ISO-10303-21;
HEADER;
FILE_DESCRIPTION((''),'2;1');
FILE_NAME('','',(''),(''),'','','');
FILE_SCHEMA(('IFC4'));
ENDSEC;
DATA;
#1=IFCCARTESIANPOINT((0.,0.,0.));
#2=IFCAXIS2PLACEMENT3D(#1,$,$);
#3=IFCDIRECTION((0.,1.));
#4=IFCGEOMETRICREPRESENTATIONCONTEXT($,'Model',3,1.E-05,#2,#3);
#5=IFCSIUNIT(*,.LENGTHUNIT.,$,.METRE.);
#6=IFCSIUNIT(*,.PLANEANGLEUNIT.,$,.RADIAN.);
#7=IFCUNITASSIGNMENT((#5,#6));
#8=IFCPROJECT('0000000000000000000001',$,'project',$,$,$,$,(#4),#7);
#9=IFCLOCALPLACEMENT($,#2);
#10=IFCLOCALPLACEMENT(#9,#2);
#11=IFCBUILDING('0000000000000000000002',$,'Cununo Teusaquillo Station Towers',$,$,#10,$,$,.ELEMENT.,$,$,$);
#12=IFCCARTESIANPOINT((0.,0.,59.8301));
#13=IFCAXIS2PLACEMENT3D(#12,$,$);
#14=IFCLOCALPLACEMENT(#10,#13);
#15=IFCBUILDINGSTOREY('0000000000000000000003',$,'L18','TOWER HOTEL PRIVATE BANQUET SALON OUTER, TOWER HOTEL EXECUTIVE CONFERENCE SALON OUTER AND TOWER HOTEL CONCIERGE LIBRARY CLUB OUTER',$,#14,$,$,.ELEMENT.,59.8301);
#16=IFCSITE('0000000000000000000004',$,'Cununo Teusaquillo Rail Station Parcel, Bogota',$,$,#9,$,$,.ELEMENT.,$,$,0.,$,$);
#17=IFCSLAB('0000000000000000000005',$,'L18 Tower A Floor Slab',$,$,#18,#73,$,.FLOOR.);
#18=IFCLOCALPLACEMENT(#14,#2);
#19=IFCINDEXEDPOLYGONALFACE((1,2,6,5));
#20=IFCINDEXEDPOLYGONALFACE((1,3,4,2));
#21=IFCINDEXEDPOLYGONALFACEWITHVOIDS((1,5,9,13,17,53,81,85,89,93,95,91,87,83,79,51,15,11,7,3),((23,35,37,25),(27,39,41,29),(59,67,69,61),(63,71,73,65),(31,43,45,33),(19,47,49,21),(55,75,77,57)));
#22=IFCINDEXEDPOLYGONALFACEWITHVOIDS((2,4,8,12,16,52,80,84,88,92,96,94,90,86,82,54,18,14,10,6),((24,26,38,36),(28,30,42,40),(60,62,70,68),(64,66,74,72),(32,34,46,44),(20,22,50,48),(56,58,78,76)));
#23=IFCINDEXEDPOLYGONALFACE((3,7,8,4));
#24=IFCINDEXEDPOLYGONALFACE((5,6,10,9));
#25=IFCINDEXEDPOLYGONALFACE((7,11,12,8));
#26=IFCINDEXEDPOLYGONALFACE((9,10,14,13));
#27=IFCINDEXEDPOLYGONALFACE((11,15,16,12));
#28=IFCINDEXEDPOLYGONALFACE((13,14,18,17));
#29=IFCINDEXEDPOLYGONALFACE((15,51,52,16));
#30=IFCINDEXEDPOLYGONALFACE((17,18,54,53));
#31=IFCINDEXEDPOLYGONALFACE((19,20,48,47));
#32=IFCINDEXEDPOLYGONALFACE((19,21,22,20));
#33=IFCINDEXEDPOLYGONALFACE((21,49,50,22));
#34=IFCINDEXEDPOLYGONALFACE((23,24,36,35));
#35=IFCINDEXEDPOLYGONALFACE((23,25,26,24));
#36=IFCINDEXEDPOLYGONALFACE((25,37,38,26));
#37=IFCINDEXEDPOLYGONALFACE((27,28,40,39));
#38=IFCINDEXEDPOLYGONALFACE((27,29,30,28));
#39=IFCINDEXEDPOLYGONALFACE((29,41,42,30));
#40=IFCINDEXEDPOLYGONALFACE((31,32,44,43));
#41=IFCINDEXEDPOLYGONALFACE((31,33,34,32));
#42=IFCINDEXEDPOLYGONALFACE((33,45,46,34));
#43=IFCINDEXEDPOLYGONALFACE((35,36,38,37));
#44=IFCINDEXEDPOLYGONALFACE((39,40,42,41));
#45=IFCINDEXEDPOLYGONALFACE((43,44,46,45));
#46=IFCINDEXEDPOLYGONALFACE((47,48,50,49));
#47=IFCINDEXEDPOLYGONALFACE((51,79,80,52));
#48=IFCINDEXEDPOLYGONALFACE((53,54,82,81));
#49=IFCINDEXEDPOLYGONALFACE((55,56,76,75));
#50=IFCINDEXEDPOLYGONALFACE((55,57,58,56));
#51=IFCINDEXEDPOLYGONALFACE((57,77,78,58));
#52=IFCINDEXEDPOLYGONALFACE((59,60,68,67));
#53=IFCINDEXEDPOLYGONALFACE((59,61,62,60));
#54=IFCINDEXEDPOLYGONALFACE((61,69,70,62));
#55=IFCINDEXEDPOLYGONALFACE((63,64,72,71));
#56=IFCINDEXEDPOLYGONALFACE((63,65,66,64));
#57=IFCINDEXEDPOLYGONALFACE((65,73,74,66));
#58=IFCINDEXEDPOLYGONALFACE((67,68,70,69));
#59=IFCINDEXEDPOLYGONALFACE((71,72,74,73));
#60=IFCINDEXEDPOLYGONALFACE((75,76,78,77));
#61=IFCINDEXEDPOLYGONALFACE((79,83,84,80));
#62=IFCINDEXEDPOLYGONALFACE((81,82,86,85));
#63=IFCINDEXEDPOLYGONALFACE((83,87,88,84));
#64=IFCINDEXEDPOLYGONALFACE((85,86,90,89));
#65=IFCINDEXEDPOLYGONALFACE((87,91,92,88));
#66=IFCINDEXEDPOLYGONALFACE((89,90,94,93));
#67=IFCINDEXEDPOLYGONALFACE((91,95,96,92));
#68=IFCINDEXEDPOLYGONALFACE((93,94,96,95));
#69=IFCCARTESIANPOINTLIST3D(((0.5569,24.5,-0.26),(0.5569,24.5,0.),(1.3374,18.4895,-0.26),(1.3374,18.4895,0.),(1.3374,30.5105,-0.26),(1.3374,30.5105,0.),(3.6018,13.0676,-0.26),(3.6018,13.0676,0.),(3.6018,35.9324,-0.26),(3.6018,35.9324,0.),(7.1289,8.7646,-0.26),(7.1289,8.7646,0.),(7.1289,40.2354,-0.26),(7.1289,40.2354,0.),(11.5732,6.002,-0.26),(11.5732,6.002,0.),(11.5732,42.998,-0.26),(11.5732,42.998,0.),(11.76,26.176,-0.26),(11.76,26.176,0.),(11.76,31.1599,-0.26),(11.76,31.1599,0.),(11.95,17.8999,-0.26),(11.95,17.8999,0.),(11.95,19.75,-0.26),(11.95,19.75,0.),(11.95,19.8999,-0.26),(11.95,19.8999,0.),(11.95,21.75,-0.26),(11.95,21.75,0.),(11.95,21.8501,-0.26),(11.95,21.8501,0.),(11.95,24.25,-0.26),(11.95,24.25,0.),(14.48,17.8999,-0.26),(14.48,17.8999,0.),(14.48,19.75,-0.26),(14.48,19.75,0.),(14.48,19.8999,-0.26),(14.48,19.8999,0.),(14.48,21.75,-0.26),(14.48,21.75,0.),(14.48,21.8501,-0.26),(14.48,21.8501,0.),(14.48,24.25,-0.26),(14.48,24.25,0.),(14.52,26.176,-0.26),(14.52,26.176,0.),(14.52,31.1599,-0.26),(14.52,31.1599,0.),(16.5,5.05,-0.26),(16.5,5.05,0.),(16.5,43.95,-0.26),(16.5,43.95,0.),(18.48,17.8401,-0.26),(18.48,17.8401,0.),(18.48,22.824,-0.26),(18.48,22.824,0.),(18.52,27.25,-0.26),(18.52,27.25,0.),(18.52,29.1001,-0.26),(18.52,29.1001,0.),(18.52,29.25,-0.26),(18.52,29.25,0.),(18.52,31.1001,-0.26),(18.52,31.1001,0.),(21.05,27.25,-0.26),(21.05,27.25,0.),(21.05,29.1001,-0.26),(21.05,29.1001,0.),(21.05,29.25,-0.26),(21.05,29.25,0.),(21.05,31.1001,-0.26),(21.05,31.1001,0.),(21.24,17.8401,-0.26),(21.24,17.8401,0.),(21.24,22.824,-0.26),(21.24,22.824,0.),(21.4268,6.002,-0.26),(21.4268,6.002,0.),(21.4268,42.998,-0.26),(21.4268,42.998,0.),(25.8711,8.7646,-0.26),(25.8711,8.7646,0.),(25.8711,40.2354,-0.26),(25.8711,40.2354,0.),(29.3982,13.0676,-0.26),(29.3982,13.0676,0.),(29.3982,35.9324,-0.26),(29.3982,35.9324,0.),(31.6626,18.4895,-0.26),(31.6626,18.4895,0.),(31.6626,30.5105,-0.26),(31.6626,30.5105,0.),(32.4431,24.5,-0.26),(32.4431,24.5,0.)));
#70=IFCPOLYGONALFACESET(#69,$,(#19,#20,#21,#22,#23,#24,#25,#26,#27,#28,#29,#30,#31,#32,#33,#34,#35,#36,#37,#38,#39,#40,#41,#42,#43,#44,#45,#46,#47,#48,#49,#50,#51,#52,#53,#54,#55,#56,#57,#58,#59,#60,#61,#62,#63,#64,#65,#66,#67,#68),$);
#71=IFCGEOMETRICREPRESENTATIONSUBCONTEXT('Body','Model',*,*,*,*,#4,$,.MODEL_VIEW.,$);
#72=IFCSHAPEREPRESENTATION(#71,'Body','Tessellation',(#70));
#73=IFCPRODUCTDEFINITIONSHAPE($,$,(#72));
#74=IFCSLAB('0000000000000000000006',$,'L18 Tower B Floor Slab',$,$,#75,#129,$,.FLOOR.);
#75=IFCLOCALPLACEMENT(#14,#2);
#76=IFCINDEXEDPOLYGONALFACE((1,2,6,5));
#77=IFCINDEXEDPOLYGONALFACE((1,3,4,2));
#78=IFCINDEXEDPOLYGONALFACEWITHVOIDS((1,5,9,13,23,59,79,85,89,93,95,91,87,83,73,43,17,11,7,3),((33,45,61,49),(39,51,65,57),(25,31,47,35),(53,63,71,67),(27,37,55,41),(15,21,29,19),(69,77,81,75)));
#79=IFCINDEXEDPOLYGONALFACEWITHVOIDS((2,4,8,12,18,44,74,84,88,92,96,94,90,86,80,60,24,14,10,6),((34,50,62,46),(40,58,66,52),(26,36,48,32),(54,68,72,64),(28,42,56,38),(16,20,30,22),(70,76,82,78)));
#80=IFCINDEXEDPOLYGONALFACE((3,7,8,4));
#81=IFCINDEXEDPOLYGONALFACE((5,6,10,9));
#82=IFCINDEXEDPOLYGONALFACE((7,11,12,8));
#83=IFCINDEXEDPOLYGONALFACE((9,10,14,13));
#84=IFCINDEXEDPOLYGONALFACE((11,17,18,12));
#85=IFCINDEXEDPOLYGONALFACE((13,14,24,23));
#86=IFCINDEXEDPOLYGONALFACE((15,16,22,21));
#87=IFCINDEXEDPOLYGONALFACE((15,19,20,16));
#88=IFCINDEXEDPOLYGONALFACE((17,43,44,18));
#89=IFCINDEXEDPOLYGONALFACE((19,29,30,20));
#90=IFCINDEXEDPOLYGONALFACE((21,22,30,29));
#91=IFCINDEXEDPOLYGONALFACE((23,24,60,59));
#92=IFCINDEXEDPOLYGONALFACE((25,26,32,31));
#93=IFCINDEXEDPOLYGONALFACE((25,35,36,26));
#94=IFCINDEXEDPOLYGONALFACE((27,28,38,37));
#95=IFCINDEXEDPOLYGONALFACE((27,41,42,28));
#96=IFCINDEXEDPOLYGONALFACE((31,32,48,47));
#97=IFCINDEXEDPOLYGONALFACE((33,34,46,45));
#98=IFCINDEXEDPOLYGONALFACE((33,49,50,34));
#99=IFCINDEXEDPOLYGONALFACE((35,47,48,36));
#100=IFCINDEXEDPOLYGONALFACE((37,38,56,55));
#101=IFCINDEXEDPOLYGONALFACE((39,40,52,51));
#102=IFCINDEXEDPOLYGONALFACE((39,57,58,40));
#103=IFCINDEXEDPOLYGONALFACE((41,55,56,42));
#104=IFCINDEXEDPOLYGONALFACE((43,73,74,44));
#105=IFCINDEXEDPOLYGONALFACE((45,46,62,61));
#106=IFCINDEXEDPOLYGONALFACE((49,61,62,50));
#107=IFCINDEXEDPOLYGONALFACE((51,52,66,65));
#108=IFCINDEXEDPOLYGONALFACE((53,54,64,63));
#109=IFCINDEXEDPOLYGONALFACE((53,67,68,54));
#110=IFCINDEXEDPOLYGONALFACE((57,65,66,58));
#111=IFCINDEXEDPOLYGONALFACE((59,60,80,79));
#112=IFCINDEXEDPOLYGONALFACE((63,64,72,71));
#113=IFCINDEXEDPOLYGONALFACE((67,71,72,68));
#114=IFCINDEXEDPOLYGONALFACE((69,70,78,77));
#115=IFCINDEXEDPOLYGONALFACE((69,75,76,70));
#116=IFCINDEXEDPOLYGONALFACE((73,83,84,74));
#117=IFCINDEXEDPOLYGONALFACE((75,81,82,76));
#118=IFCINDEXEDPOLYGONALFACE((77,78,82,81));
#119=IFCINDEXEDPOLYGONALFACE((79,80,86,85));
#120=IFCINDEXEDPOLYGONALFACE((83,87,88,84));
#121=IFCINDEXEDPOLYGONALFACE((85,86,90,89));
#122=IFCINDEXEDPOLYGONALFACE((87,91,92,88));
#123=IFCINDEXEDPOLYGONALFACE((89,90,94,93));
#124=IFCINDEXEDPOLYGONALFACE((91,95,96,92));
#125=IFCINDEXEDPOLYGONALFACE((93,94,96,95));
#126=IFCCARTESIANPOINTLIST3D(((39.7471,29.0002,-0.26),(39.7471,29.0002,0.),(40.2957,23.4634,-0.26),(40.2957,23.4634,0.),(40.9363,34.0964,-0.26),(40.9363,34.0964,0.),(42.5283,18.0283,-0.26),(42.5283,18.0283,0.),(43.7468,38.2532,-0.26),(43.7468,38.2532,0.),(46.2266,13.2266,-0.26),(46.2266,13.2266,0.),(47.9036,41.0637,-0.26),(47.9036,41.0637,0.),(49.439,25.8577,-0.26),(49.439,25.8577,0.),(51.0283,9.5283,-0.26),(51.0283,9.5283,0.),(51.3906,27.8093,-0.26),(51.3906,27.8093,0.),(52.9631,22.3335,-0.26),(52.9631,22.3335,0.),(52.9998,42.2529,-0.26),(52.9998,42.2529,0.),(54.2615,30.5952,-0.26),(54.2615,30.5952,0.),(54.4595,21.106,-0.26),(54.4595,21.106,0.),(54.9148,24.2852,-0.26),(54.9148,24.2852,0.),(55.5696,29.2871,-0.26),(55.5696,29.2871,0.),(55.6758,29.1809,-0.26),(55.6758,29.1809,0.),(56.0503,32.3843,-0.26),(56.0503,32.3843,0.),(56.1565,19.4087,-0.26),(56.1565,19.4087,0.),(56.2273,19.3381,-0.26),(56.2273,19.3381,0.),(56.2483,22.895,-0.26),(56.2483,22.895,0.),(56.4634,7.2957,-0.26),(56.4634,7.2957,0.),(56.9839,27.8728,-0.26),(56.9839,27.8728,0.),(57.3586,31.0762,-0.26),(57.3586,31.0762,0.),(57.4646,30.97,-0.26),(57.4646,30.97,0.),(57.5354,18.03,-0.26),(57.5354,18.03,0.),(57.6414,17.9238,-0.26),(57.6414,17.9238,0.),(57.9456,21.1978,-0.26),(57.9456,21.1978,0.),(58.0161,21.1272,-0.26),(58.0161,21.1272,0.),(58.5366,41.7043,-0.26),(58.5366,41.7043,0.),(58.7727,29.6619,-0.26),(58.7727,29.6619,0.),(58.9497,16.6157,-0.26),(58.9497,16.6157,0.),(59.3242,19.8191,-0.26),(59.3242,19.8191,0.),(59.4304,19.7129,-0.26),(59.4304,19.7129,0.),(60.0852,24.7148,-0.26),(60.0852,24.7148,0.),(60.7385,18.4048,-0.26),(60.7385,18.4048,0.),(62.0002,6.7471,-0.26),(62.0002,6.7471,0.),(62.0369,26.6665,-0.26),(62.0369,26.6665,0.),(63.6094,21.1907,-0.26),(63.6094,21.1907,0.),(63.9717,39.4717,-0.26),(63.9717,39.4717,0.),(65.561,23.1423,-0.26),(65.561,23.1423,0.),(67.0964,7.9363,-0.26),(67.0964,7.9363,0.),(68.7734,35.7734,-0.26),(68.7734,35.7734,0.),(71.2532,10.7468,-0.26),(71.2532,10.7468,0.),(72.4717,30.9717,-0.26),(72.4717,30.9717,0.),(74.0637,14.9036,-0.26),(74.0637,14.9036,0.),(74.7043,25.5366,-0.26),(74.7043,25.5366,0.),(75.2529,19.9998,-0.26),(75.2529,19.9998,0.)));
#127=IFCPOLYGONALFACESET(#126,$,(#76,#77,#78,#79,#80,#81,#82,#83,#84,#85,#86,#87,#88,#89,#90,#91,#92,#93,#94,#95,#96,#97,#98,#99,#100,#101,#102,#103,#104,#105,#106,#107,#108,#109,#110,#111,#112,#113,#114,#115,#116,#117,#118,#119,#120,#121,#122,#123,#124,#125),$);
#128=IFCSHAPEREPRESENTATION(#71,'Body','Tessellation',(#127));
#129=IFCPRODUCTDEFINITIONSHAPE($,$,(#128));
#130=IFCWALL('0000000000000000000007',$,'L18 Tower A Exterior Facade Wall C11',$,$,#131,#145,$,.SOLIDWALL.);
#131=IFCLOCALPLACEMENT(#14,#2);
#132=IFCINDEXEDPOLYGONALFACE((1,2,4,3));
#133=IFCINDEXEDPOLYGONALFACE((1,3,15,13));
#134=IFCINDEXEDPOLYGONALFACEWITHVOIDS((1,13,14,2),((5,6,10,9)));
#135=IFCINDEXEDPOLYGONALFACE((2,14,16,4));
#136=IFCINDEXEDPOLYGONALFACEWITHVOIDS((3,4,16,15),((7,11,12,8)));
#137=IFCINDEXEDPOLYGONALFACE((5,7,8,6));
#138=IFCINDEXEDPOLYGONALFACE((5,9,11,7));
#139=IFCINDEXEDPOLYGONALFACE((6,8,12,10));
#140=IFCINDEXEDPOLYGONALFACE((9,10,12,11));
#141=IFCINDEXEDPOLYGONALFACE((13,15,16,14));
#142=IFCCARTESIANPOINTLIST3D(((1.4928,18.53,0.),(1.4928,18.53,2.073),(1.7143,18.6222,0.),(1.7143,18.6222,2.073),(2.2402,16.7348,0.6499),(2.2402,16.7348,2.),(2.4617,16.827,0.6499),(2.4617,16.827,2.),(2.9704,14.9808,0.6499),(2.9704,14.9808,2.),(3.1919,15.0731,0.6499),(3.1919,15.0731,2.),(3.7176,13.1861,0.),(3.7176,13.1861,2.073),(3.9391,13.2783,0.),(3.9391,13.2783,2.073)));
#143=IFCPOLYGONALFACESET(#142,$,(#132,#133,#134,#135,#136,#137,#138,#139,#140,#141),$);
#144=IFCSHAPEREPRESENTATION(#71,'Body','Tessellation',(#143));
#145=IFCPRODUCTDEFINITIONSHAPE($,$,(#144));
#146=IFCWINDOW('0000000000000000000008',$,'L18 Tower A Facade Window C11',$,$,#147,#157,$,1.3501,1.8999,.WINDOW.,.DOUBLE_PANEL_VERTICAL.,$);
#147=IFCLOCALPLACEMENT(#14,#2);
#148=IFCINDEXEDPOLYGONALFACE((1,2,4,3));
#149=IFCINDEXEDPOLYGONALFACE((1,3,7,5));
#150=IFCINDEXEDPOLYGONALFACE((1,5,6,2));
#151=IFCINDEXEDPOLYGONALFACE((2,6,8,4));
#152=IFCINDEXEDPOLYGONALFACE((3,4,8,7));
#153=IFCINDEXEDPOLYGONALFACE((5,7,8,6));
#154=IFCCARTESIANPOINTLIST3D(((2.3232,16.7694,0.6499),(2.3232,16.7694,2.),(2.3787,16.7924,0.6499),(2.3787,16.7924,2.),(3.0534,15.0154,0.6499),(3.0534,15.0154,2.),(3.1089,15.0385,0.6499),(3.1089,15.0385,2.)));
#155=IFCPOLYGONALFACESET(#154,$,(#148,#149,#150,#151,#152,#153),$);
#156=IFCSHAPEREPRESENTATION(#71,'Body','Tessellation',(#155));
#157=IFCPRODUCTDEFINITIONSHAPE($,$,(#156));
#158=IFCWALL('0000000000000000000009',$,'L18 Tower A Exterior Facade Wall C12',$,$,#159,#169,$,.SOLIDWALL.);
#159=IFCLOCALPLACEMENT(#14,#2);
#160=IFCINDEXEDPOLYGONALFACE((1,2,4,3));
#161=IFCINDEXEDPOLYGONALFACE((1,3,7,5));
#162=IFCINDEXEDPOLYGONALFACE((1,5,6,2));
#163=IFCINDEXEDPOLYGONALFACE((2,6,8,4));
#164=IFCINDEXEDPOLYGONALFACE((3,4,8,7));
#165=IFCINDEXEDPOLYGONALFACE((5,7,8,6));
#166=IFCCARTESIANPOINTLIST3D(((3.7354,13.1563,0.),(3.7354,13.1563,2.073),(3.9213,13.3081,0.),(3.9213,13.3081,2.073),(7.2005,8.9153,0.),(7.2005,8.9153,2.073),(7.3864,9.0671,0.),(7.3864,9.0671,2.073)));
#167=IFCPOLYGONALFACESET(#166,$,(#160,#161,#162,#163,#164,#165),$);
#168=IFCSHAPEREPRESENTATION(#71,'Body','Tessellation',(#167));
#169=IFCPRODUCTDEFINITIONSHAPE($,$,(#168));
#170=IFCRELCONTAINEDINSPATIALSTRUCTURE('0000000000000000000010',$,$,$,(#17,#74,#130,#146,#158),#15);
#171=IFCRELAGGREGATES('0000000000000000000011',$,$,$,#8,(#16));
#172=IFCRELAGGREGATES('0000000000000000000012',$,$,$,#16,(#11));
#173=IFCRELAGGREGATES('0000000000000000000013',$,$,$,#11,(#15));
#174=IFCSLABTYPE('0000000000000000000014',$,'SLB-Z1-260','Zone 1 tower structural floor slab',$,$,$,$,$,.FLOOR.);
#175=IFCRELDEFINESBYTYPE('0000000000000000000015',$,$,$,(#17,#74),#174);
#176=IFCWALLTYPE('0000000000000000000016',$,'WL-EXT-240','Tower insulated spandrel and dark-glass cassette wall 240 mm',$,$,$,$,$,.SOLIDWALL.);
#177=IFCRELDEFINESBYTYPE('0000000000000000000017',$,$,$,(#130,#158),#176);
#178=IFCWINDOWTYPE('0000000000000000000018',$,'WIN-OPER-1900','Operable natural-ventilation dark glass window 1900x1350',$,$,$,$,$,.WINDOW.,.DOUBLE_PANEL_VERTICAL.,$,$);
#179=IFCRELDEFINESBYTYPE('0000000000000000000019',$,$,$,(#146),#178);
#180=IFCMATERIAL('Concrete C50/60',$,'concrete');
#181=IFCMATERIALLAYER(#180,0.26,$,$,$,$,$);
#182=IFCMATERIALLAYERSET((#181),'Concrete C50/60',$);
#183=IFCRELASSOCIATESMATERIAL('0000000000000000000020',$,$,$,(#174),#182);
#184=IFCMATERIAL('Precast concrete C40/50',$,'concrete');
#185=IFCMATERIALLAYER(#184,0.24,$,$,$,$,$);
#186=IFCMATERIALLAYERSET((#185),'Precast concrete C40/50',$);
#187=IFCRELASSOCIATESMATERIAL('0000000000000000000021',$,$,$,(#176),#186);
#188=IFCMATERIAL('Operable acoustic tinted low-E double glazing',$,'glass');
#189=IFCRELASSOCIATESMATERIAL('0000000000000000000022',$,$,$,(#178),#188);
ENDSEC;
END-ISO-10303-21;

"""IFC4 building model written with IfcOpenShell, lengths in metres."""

from ifc_helpers import new_model, si_unit, direction, frame, frame_2d, origin, place, context, subcontext, project, spatial, polyline, rectangle, outline, extrude, source, transform, mapped, material, layer, layer_set, type_object, element, fill, save


model = new_model("IFC4")

# Units and contexts
model_context = context("Model", 3, precision=1e-05, world=origin(), true_north=direction((0.0, 1.0)))
body_context = subcontext(model_context, "Body", "Model", "MODEL_VIEW")
ifc_project = project(units=[si_unit("LENGTHUNIT", "METRE"), si_unit("PLANEANGLEUNIT", "RADIAN")], contexts=[model_context])

# Site, building, storey
site_placement = place(None, origin())
site = spatial("IfcSite", under=ifc_project, at=site_placement, Name="Cununo Teusaquillo Rail Station Parcel, Bogota", CompositionType="ELEMENT", RefElevation=0.0)
building_placement = place(site_placement, origin())
building = spatial("IfcBuilding", under=site, at=building_placement, Name="Cununo Teusaquillo Station Towers", CompositionType="ELEMENT")
storey_placement = place(building_placement, frame((0.0, 0.0, 59.8301)))
storey = spatial("IfcBuildingStorey", under=building, at=storey_placement, Name="L18", Description="TOWER HOTEL PRIVATE BANQUET SALON OUTER, TOWER HOTEL EXECUTIVE CONFERENCE SALON OUTER AND TOWER HOTEL CONCIERGE LIBRARY CLUB OUTER", CompositionType="ELEMENT", Elevation=59.8301)

# Slabs
ifc_material_1 = material(Name="Concrete C50/60", Category="concrete")
ifc_layer_1 = layer(ifc_material_1, 0.26)
ifc_layer_set_1 = layer_set([ifc_layer_1], Name="Concrete C50/60")
slab_type_1 = type_object("IfcSlabType", Name="SLB-Z1-260", Description="Zone 1 tower structural floor slab", PredefinedType="FLOOR", material=ifc_layer_set_1)
slab_1_placement = place(storey_placement, frame((0.0, 0.0, -0.26)))
element("IfcSlab", 1, at=slab_1_placement, inside=storey, type_object=slab_type_1, Name="L18 Tower A Floor Slab", PredefinedType="FLOOR", context=body_context, shape_type="SweptSolid", body=[
    extrude(outline(polyline([(32.4431, 24.5), (31.6626, 30.5105), (29.3982, 35.9324), (25.8711, 40.2354), (21.4268, 42.998), (16.5, 43.95), (11.5732, 42.998), (7.1289, 40.2354), (3.6018, 35.9324), (1.3374, 30.5105), (0.5569, 24.5), (1.3374, 18.4895), (3.6018, 13.0676), (7.1289, 8.7646), (11.5732, 6.002), (16.5, 5.05), (21.4268, 6.002), (25.8711, 8.7646), (29.3982, 13.0676), (31.6626, 18.4895), (32.4431, 24.5)]), holes=[polyline([(14.52, 26.176), (14.52, 31.1599), (11.76, 31.1599), (11.76, 26.176), (14.52, 26.176)]), polyline([(18.48, 22.824), (18.48, 17.8401), (21.24, 17.8401), (21.24, 22.824), (18.48, 22.824)]), polyline([(11.95, 21.8501), (14.48, 21.8501), (14.48, 24.25), (11.95, 24.25), (11.95, 21.8501)]), polyline([(11.95, 17.8999), (14.48, 17.8999), (14.48, 19.75), (11.95, 19.75), (11.95, 17.8999)]), polyline([(11.95, 19.8999), (14.48, 19.8999), (14.48, 21.75), (11.95, 21.75), (11.95, 19.8999)]), polyline([(18.52, 27.25), (21.05, 27.25), (21.05, 29.1001), (18.52, 29.1001), (18.52, 27.25)]), polyline([(18.52, 29.25), (21.05, 29.25), (21.05, 31.1001), (18.52, 31.1001), (18.52, 29.25)])]), origin(), (0.0, 0.0, 1.0), 0.26),
])
slab_2_placement = place(storey_placement, frame((0.0, 0.0, -0.26)))
element("IfcSlab", 2, at=slab_2_placement, inside=storey, type_object=slab_type_1, Name="L18 Tower B Floor Slab", PredefinedType="FLOOR", context=body_context, shape_type="SweptSolid", body=[
    extrude(outline(polyline([(68.7734, 35.7734), (63.9717, 39.4717), (58.5366, 41.7043), (52.9998, 42.2529), (47.9036, 41.0637), (43.7468, 38.2532), (40.9363, 34.0964), (39.7471, 29.0002), (40.2957, 23.4634), (42.5283, 18.0283), (46.2266, 13.2266), (51.0283, 9.5283), (56.4634, 7.2957), (62.0002, 6.7471), (67.0964, 7.9363), (71.2532, 10.7468), (74.0637, 14.9036), (75.2529, 19.9998), (74.7043, 25.5366), (72.4717, 30.9717), (68.7734, 35.7734)]), holes=[polyline([(54.9148, 24.2852), (51.3906, 27.8093), (49.439, 25.8577), (52.9631, 22.3335), (54.9148, 24.2852)]), polyline([(60.0852, 24.7148), (63.6094, 21.1907), (65.561, 23.1423), (62.0369, 26.6665), (60.0852, 24.7148)]), polyline([(56.1565, 19.4087), (57.9456, 21.1978), (56.2483, 22.895), (54.4595, 21.106), (56.1565, 19.4087)]), polyline([(58.9497, 16.6157), (60.7385, 18.4048), (59.4304, 19.7129), (57.6414, 17.9238), (58.9497, 16.6157)]), polyline([(57.5354, 18.03), (59.3242, 19.8191), (58.0161, 21.1272), (56.2273, 19.3381), (57.5354, 18.03)]), polyline([(56.9839, 27.8728), (58.7727, 29.6619), (57.4646, 30.97), (55.6758, 29.1809), (56.9839, 27.8728)]), polyline([(55.5696, 29.2871), (57.3586, 31.0762), (56.0503, 32.3843), (54.2615, 30.5952), (55.5696, 29.2871)])]), origin(), (0.0, 0.0, 1.0), 0.26),
])

# Wall, opening, window
ifc_material_2 = material(Name="Precast concrete C40/50", Category="concrete")
ifc_layer_2 = layer(ifc_material_2, 0.24)
ifc_layer_set_2 = layer_set([ifc_layer_2], Name="Precast concrete C40/50")
wall_type_1 = type_object("IfcWallType", Name="WL-EXT-240", Description="Tower insulated spandrel and dark-glass cassette wall 240 mm", PredefinedType="SOLIDWALL", material=ifc_layer_set_2)
wall_1_placement = place(storey_placement, frame((3.8284, 13.2322, 0.0), z_axis=(0.0, 0.0, 1.0), x_axis=(-0.384349, 0.923188, 0.0)))
wall_1 = element("IfcWall", 3, at=wall_1_placement, inside=storey, type_object=wall_type_1, Name="L18 Tower A Exterior Facade Wall C11", PredefinedType="SOLIDWALL", context=body_context, shape_type="SweptSolid", body=[
    extrude(rectangle(XDim=5.7886, YDim=0.24, at=frame_2d((2.8943, 0.0))), origin(), (0.0, 0.0, 1.0), 2.073),
])
shared_shape_1 = source(origin(), body_context, "Body", "SweptSolid", [
    extrude(rectangle(XDim=1.8999, YDim=1.3501, at=frame_2d((0.95, 0.675))), frame((0.0, 0.1299, 0.0), z_axis=(0.0, -1.0, 0.0), x_axis=(1.0, 0.0, 0.0)), (0.0, 0.0, 1.0), 0.26),
])
opening_1_placement = place(wall_1_placement, frame((1.9441, 0.0, 0.6499)))
opening_1 = element("IfcOpeningElement", 4, at=opening_1_placement, cuts=wall_1, PredefinedType="OPENING", context=body_context, shape_type="MappedRepresentation", body=[
    mapped(shared_shape_1, transform((0.0, 0.0, 0.0), x_axis=(1.0, 0.0, 0.0), y_axis=(0.0, 1.0, 0.0), z_axis=(0.0, 0.0, 1.0), scale=1.0)),
])
ifc_material_3 = material(Name="Operable acoustic tinted low-E double glazing", Category="glass")
window_type = type_object("IfcWindowType", Name="WIN-OPER-1900", Description="Operable natural-ventilation dark glass window 1900x1350", PartitioningType="DOUBLE_PANEL_VERTICAL", PredefinedType="WINDOW", material=ifc_material_3)
shared_shape_2 = source(origin(), body_context, "Body", "SweptSolid", [
    extrude(rectangle(XDim=1.8999, YDim=1.3501, at=frame_2d((0.95, 0.675))), frame((0.0, 0.03, 0.0), z_axis=(0.0, -1.0, 0.0), x_axis=(1.0, 0.0, 0.0)), (0.0, 0.0, 1.0), 0.0601),
])
window_1_placement = place(opening_1_placement, origin())
window_1 = element("IfcWindow", 5, at=window_1_placement, inside=storey, type_object=window_type, Name="L18 Tower A Facade Window C11", OverallHeight=1.3501, OverallWidth=1.8999, PartitioningType="DOUBLE_PANEL_VERTICAL", PredefinedType="WINDOW", context=body_context, shape_type="MappedRepresentation", body=[
    mapped(shared_shape_2, transform((0.0, 0.0, 0.0), x_axis=(1.0, 0.0, 0.0), y_axis=(0.0, 1.0, 0.0), z_axis=(0.0, 0.0, 1.0), scale=1.0)),
])
fill(opening_1, window_1)

# Wall
wall_2_placement = place(storey_placement, frame((7.2935, 8.9912, 0.0), z_axis=(0.0, 0.0, 1.0), x_axis=(-0.632713, 0.774386, 0.0)))
element("IfcWall", 6, at=wall_2_placement, inside=storey, type_object=wall_type_1, Name="L18 Tower A Exterior Facade Wall C12", PredefinedType="SOLIDWALL", context=body_context, shape_type="SweptSolid", body=[
    extrude(rectangle(XDim=5.4766, YDim=0.24, at=frame_2d((2.7383, 0.0))), origin(), (0.0, 0.0, 1.0), 2.073),
])

save(model, "model.ifc")
